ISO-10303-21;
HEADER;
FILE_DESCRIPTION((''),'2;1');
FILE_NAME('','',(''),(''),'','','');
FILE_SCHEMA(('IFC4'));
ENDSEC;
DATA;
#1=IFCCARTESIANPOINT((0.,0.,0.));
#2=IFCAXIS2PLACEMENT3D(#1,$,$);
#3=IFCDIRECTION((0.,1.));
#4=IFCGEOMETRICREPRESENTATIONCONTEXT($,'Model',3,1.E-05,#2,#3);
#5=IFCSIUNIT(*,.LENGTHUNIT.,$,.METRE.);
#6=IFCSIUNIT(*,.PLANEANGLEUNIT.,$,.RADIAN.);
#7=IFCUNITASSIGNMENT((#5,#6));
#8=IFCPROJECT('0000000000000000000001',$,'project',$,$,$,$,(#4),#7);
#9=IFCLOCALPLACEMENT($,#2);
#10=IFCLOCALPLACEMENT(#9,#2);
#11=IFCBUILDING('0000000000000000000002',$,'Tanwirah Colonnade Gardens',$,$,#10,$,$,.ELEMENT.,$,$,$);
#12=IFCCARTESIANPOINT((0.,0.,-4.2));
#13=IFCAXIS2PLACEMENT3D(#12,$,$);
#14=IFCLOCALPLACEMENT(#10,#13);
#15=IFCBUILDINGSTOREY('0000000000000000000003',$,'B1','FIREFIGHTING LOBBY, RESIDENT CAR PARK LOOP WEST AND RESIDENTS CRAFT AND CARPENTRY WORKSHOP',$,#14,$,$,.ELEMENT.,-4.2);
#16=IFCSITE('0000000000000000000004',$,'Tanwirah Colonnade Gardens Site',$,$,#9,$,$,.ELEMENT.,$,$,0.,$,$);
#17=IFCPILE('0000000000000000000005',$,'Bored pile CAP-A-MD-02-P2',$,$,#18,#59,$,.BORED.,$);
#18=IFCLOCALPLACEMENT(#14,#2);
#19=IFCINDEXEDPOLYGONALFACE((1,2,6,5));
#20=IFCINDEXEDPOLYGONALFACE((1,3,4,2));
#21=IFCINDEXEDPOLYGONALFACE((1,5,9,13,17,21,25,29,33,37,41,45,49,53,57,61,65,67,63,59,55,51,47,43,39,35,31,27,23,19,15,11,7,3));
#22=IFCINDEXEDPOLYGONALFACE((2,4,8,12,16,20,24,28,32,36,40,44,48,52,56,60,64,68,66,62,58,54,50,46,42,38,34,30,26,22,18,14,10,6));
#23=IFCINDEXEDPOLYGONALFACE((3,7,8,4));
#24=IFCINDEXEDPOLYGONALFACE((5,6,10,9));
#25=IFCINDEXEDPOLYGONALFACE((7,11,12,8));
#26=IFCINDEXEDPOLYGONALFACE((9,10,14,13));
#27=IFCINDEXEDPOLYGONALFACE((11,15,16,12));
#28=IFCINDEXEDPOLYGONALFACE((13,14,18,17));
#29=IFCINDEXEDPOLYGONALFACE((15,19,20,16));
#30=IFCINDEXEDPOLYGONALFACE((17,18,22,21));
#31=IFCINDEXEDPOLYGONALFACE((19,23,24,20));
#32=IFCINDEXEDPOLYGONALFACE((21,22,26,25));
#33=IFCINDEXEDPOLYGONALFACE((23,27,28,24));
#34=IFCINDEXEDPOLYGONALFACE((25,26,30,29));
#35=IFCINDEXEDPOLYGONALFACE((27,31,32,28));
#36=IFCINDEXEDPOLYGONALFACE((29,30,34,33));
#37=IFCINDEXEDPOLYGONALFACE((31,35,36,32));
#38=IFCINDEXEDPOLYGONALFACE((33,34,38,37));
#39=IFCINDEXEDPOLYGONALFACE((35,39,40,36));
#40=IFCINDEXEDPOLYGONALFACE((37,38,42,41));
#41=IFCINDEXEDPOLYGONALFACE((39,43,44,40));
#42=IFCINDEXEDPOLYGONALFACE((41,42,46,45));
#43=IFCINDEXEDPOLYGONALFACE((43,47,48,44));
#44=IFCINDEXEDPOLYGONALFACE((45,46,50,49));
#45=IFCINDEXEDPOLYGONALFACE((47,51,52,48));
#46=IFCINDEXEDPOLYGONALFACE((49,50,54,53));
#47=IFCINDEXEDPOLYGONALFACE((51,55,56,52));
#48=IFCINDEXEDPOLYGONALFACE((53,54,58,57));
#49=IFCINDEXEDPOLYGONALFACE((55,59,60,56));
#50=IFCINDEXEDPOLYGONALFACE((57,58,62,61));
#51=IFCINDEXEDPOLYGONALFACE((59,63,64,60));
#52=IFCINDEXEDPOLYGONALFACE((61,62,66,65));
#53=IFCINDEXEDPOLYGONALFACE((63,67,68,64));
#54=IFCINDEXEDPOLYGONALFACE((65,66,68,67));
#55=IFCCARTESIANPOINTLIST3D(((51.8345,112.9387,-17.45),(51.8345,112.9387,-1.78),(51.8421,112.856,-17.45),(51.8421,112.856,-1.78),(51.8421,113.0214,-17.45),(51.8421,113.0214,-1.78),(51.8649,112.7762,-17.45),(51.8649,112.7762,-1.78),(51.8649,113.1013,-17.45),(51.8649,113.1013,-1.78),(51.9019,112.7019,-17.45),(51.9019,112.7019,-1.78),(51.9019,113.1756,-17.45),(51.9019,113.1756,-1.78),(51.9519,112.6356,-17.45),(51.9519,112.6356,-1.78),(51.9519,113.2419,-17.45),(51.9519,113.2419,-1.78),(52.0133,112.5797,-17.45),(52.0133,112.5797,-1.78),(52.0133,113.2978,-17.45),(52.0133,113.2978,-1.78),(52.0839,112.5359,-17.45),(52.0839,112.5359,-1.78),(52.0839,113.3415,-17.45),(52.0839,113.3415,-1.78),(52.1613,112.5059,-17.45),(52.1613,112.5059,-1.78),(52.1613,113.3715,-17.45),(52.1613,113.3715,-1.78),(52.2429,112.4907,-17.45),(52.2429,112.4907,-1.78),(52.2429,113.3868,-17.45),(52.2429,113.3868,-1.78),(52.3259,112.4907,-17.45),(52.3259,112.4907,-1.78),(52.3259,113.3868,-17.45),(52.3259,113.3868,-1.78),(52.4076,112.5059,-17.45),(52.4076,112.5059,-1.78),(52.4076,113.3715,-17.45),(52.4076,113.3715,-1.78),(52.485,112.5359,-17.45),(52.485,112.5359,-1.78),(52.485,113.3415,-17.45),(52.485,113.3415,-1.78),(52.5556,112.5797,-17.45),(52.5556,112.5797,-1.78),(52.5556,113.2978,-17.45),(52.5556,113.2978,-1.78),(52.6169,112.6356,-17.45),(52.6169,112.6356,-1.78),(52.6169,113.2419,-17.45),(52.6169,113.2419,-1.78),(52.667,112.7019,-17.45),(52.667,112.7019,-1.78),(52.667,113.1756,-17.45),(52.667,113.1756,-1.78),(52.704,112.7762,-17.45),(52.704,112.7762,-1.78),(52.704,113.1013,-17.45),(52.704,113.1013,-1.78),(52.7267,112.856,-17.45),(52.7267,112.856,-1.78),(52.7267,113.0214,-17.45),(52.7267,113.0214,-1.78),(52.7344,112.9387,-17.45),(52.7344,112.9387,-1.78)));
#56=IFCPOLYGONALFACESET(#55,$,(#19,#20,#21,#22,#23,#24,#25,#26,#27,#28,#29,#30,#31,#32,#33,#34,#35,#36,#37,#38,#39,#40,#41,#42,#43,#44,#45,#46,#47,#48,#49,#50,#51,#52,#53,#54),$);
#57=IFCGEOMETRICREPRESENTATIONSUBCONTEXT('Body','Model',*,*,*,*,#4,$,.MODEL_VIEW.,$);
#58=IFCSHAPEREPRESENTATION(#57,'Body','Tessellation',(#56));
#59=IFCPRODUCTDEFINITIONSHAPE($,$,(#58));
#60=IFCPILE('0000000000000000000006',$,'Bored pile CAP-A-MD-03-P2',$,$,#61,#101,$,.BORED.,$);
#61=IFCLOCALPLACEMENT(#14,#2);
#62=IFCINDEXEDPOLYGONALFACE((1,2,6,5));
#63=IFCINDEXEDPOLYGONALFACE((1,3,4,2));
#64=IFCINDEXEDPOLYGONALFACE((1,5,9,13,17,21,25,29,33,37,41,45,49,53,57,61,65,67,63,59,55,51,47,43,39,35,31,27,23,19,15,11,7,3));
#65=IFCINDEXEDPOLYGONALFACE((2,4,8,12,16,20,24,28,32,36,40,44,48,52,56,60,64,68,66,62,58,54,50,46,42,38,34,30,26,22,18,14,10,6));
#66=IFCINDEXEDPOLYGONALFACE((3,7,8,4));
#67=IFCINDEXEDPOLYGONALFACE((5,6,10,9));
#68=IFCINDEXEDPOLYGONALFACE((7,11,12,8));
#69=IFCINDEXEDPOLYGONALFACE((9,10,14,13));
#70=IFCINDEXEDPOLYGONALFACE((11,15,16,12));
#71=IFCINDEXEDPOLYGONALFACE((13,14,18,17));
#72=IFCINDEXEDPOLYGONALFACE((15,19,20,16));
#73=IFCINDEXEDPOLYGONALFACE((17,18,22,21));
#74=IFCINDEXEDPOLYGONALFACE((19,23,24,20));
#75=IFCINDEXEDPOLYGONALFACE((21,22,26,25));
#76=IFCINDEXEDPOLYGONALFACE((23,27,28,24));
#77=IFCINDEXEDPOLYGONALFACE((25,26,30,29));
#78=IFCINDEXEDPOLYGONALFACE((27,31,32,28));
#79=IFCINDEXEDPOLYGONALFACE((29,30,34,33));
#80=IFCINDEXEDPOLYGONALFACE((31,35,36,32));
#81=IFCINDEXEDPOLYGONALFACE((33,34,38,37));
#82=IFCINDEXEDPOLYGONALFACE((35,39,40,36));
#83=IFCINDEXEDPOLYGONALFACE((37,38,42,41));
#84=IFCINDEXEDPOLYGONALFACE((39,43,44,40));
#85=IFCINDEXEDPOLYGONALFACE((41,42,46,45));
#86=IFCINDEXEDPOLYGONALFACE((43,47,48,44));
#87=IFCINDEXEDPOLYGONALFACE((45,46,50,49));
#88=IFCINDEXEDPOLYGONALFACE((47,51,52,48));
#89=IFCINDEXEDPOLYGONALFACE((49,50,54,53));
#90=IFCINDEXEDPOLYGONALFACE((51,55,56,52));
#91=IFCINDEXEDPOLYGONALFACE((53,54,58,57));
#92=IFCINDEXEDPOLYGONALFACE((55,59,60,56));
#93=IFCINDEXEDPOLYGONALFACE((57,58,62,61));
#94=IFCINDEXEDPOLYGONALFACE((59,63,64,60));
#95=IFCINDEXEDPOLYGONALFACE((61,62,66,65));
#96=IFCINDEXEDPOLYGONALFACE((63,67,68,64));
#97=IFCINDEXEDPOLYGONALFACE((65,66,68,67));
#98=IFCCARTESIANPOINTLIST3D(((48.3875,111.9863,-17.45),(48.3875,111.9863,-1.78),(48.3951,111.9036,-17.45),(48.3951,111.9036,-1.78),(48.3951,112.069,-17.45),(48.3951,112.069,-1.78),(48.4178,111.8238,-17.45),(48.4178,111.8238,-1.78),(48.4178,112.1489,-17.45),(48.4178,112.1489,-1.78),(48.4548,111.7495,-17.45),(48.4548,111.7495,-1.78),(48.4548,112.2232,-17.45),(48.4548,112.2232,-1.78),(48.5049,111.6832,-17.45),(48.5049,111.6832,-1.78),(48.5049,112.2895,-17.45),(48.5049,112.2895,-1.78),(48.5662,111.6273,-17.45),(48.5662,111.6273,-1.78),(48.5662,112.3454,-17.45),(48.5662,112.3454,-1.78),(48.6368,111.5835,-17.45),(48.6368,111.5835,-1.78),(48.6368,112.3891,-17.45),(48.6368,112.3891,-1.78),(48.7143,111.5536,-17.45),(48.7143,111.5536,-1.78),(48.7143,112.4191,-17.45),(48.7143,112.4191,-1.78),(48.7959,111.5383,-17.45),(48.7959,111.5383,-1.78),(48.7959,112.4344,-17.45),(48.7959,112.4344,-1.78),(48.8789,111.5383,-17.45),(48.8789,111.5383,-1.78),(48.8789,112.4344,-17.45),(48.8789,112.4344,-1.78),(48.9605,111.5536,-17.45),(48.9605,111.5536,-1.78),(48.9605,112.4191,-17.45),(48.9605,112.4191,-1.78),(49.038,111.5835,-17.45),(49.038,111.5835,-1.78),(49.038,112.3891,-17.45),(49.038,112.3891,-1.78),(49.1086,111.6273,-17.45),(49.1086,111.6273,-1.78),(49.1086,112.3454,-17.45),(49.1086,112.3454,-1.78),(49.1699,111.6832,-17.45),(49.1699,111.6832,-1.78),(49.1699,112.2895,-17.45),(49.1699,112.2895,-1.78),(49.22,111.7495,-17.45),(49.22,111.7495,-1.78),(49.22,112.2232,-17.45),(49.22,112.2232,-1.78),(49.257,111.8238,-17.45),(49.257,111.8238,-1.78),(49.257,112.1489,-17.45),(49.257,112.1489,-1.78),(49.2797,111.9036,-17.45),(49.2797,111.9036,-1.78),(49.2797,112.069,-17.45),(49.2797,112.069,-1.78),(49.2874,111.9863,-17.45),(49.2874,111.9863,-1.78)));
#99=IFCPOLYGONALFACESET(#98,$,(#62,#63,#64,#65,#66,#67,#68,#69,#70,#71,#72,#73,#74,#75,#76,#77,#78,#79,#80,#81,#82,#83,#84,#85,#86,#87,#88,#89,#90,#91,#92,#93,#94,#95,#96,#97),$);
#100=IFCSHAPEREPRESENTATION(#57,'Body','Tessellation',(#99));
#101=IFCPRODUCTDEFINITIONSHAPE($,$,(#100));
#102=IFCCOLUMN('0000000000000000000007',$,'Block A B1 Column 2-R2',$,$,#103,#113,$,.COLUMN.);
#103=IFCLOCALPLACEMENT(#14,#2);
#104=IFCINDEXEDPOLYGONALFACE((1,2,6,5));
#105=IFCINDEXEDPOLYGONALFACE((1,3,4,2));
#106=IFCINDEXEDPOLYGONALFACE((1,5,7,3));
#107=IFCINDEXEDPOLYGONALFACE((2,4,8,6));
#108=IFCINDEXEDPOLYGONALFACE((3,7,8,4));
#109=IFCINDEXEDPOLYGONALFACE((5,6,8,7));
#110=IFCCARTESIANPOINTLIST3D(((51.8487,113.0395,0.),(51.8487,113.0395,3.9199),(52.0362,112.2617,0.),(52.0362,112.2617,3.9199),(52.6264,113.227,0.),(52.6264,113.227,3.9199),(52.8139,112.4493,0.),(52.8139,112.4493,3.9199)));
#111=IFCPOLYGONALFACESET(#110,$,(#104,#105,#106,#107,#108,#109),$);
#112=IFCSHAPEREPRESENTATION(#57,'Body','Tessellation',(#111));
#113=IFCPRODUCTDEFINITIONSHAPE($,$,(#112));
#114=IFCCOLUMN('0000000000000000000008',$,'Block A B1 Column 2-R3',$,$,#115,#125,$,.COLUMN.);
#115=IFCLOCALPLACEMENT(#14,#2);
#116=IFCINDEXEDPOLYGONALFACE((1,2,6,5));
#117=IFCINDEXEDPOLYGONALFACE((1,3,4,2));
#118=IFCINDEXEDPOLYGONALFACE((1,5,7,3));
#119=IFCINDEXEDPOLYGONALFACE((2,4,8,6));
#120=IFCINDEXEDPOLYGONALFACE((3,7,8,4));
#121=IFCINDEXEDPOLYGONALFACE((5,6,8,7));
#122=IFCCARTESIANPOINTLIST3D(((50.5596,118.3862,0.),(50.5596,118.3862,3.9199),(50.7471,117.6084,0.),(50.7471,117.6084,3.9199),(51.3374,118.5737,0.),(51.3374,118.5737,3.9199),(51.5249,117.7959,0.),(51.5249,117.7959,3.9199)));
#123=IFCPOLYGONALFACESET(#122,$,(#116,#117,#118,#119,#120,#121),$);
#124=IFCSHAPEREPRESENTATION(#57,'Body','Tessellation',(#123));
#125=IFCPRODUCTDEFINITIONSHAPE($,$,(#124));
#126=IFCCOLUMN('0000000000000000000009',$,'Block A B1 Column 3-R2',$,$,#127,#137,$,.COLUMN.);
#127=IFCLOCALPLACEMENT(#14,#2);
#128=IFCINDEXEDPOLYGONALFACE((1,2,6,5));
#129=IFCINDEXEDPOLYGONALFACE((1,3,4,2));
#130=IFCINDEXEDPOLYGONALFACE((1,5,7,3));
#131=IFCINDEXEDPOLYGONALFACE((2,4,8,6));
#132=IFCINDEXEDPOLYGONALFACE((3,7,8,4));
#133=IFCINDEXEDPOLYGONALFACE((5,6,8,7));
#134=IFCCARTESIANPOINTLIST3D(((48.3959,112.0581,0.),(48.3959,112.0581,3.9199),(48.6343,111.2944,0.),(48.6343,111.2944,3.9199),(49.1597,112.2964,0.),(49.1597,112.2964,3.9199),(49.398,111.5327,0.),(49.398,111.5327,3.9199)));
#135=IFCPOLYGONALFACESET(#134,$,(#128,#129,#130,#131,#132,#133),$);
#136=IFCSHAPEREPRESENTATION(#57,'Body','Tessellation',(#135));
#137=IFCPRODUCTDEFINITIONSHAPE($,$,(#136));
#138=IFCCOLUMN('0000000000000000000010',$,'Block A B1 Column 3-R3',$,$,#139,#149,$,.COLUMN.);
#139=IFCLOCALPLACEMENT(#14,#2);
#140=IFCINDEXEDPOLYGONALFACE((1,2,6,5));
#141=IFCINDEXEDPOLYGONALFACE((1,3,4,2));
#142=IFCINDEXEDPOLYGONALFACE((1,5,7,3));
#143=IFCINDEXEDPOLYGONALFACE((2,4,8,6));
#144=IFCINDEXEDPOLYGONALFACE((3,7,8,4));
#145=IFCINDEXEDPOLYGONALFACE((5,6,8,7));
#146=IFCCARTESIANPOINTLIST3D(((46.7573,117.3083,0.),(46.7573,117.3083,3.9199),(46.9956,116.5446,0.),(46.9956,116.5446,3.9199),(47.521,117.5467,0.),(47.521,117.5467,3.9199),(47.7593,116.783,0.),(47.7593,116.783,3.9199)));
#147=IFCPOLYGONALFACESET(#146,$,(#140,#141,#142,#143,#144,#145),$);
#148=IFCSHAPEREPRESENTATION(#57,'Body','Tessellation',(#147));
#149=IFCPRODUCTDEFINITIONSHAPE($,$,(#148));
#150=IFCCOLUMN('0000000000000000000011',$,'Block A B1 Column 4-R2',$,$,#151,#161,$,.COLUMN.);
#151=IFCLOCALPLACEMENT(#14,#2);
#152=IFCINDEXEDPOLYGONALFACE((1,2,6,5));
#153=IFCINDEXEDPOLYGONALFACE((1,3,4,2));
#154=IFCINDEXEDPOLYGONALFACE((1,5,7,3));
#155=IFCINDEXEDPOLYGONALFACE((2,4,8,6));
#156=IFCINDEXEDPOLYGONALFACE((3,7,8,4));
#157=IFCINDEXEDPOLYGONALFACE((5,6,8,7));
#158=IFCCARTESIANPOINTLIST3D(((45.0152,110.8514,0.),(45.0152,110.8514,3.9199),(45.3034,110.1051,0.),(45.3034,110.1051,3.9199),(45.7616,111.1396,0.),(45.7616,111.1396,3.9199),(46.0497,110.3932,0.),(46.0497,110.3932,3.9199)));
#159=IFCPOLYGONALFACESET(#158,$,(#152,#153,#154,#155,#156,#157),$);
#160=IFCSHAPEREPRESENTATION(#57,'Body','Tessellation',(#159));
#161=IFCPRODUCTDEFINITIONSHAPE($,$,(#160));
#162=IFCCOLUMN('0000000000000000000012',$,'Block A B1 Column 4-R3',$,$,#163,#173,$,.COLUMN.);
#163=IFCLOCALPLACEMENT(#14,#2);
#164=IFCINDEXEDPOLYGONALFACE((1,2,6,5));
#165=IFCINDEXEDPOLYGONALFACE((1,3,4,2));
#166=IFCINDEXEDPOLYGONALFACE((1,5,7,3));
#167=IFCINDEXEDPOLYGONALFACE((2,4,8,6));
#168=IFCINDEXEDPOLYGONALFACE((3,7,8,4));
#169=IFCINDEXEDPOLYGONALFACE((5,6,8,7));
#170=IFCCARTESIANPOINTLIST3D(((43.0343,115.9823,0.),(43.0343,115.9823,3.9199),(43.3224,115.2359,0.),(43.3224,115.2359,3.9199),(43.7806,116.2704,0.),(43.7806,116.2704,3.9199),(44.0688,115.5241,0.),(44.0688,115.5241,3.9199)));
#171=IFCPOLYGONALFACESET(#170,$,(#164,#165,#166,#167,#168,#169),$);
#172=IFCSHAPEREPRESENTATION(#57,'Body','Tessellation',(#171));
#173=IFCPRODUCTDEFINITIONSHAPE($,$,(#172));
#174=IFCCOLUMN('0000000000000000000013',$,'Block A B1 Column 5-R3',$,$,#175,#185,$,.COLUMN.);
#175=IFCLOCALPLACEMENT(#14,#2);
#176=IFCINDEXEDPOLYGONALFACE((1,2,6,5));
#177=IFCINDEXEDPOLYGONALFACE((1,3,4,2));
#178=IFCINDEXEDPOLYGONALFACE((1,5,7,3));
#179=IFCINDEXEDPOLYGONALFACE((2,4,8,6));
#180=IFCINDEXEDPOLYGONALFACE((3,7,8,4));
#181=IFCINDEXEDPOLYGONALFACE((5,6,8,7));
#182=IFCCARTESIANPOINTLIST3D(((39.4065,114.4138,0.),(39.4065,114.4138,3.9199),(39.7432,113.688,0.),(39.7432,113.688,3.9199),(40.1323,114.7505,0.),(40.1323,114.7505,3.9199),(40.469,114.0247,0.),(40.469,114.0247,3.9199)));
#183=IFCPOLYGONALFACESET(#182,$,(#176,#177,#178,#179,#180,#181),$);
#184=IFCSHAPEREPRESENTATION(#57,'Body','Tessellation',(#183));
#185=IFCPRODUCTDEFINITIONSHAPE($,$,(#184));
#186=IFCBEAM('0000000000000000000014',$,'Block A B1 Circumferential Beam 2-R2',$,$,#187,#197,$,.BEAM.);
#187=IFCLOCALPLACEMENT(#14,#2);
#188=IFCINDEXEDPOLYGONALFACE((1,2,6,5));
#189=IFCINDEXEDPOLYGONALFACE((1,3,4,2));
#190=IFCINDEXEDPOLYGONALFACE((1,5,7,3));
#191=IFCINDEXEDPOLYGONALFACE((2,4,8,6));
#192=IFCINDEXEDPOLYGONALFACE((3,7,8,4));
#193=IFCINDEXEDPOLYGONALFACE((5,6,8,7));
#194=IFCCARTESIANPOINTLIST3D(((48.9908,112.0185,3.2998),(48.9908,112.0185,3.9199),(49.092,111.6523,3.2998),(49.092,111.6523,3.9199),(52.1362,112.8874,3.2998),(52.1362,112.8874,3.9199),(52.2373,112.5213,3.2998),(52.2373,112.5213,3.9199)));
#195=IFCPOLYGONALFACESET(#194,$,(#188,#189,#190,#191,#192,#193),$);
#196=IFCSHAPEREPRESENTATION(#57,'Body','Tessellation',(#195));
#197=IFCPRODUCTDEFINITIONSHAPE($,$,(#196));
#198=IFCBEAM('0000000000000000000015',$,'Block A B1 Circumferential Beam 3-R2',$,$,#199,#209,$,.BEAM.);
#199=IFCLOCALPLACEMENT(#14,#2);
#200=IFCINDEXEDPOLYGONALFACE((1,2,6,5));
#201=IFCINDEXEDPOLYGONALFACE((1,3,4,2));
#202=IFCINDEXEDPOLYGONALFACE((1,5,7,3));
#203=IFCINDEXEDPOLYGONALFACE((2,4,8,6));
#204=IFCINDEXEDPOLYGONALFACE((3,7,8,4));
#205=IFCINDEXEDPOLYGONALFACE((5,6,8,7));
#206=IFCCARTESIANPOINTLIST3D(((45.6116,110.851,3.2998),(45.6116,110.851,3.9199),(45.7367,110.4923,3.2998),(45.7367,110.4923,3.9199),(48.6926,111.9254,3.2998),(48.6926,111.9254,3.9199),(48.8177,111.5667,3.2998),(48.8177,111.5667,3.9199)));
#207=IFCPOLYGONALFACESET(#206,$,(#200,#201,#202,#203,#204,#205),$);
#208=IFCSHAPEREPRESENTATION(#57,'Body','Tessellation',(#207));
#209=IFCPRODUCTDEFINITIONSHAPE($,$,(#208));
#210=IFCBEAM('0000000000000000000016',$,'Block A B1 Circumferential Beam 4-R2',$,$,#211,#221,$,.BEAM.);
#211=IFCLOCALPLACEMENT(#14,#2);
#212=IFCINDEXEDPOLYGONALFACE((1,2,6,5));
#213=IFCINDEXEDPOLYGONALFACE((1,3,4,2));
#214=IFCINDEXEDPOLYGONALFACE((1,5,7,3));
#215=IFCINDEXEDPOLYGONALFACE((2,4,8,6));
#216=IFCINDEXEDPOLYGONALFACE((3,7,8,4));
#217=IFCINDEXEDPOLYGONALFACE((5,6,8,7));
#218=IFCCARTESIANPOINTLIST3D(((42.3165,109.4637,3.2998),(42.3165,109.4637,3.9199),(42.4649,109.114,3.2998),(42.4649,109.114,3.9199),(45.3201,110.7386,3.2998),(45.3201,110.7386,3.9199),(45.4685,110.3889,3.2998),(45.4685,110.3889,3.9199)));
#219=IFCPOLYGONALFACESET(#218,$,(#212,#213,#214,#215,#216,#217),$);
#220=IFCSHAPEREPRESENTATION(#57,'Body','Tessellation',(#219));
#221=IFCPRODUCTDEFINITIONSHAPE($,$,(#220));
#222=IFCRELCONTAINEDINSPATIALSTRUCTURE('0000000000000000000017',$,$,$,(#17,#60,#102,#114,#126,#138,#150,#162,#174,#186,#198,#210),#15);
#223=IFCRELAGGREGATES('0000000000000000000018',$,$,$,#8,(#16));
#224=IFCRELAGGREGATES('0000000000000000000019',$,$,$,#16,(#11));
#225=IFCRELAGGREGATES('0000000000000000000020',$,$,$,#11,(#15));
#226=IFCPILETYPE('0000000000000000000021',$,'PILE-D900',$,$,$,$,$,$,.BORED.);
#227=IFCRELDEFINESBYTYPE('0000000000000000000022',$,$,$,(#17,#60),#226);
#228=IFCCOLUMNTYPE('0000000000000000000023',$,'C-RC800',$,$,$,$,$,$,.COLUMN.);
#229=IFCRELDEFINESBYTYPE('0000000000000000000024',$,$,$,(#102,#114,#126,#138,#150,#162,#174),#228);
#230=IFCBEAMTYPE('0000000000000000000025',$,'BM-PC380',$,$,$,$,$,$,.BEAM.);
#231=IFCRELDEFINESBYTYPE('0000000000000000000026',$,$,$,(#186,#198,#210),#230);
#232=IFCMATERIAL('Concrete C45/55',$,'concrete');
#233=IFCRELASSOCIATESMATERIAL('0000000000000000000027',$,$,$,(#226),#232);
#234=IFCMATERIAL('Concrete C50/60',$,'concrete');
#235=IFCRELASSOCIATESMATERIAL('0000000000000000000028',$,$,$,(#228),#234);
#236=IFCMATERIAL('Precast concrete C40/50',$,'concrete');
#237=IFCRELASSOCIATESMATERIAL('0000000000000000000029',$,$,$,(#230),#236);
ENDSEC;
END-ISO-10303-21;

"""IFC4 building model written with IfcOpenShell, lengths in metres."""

from ifc_helpers import new_model, si_unit, direction, frame, origin, origin_2d, place, context, subcontext, project, spatial, rectangle, circle, extrude, material, material_profile, profile_set, type_object, element, save


model = new_model("IFC4")

# Units and contexts
model_context = context("Model", 3, precision=1e-05, world=origin(), true_north=direction((0.0, 1.0)))
body_context = subcontext(model_context, "Body", "Model", "MODEL_VIEW")
ifc_project = project(units=[si_unit("LENGTHUNIT", "METRE"), si_unit("PLANEANGLEUNIT", "RADIAN")], contexts=[model_context])

# Site, building, storey
site_placement = place(None, origin())
site = spatial("IfcSite", under=ifc_project, at=site_placement, Name="Tanwirah Colonnade Gardens Site", CompositionType="ELEMENT", RefElevation=0.0)
building_placement = place(site_placement, origin())
building = spatial("IfcBuilding", under=site, at=building_placement, Name="Tanwirah Colonnade Gardens", CompositionType="ELEMENT")
storey_placement = place(building_placement, frame((0.0, 0.0, -4.2)))
storey = spatial("IfcBuildingStorey", under=building, at=storey_placement, Name="B1", Description="FIREFIGHTING LOBBY, RESIDENT CAR PARK LOOP WEST AND RESIDENTS CRAFT AND CARPENTRY WORKSHOP", CompositionType="ELEMENT", Elevation=-4.2)

# Shared definitions
ifc_material_1 = material(Name="Concrete C45/55", Category="concrete")

# Piles
ifc_material_profile_1 = material_profile(ifc_material_1, circle(Radius=0.45, at=origin_2d()), Name="PILE D900")
ifc_profile_set_1 = profile_set([ifc_material_profile_1], Name="Concrete C45/55")
pile_type_1 = type_object("IfcPileType", Name="PILE-D900", PredefinedType="BORED", material=ifc_profile_set_1)
for number, where, z_axis, x_axis, name in (
    (1, (52.2844, 112.9387, -1.78), (0.0, 0.0, -1.0), (1.0, 0.0, 0.0), "Bored pile CAP-A-MD-02-P2"),
    (2, (48.8374, 111.9863, -1.78), (0.0, 0.0, -1.0), (1.0, 0.0, 0.0), "Bored pile CAP-A-MD-03-P2"),
):
    element("IfcPile", number, at=place(storey_placement, frame(where, z_axis=z_axis, x_axis=x_axis)), inside=storey, type_object=pile_type_1, Name=name, PredefinedType="BORED", context=body_context, shape_type="SweptSolid", body=[
        extrude(circle(Radius=0.45, at=origin_2d()), origin(), (0.0, 0.0, 1.0), 15.6699),
    ])

# Columns
ifc_material_2 = material(Name="Concrete C50/60", Category="concrete")
ifc_material_profile_2 = material_profile(ifc_material_2, rectangle(XDim=0.8, YDim=0.8, at=origin_2d()), Name="RC-COL 800x800")
ifc_profile_set_2 = profile_set([ifc_material_profile_2], Name="Concrete C50/60")
column_type = type_object("IfcColumnType", Name="C-RC800", PredefinedType="COLUMN", material=ifc_profile_set_2)
for number, where, z_axis, x_axis, name in (
    (3, (52.3313, 112.7444, 0.0), (0.0, 0.0, 1.0), (-0.234388, 0.972143, 0.0), "Block A B1 Column 2-R2"),
    (4, (51.0422, 118.0911, 0.0), (0.0, 0.0, 1.0), (-0.234388, 0.972143, 0.0), "Block A B1 Column 2-R3"),
    (5, (48.897, 111.7954, 0.0), (0.0, 0.0, 1.0), (-0.29793, 0.954588, 0.0), "Block A B1 Column 3-R2"),
    (6, (47.2583, 117.0457, 0.0), (0.0, 0.0, 1.0), (-0.29793, 0.954588, 0.0), "Block A B1 Column 3-R3"),
    (7, (45.5325, 110.6223, 0.0), (0.0, 0.0, 1.0), (-0.360178, 0.932884, 0.0), "Block A B1 Column 4-R2"),
    (8, (43.5515, 115.7532, 0.0), (0.0, 0.0, 1.0), (-0.360178, 0.932884, 0.0), "Block A B1 Column 4-R3"),
    (9, (39.9377, 114.2192, 0.0), (0.0, 0.0, 1.0), (-0.42086, 0.907126, 0.0), "Block A B1 Column 5-R3"),
):
    element("IfcColumn", number, at=place(storey_placement, frame(where, z_axis=z_axis, x_axis=x_axis)), inside=storey, type_object=column_type, Name=name, PredefinedType="COLUMN", context=body_context, shape_type="SweptSolid", body=[
        extrude(rectangle(XDim=0.8, YDim=0.8, at=origin_2d()), origin(), (0.0, 0.0, 1.0), 3.9199),
    ])

# Beams
ifc_material_3 = material(Name="Precast concrete C40/50", Category="concrete")
ifc_material_profile_3 = material_profile(ifc_material_3, rectangle(XDim=0.3799, YDim=0.6201, at=origin_2d()), Name="PC-BM 380x620")
ifc_profile_set_3 = profile_set([ifc_material_profile_3], Name="Precast concrete C40/50")
beam_type_1 = type_object("IfcBeamType", Name="BM-PC380", PredefinedType="BEAM", material=ifc_profile_set_3)
beam_1_placement = place(storey_placement, frame((52.1868, 112.7043, 3.6099), z_axis=(-0.963895, -0.266281, 0.0), x_axis=(0.266281, -0.963895, 0.0)))
element("IfcBeam", 10, at=beam_1_placement, inside=storey, type_object=beam_type_1, Name="Block A B1 Circumferential Beam 2-R2", PredefinedType="BEAM", context=body_context, shape_type="SweptSolid", body=[
    extrude(rectangle(XDim=0.3799, YDim=0.6201, at=origin_2d()), origin(), (0.0, 0.0, 1.0), 3.2632),
])
for number, where, z_axis, x_axis, name in (
    (11, (48.7551, 111.7461, 3.6099), (-0.944231, -0.329284, 0.0), (0.329284, -0.944231, 0.0), "Block A B1 Circumferential Beam 3-R2"),
    (12, (45.3943, 110.5637, 3.6099), (-0.920513, -0.390711, 0.0), (0.390711, -0.920513, 0.0), "Block A B1 Circumferential Beam 4-R2"),
):
    element("IfcBeam", number, at=place(storey_placement, frame(where, z_axis=z_axis, x_axis=x_axis)), inside=storey, type_object=beam_type_1, Name=name, PredefinedType="BEAM", context=body_context, shape_type="SweptSolid", body=[
        extrude(rectangle(XDim=0.3799, YDim=0.6201, at=origin_2d()), origin(), (0.0, 0.0, 1.0), 3.2629),
    ])

save(model, "model.ifc")
